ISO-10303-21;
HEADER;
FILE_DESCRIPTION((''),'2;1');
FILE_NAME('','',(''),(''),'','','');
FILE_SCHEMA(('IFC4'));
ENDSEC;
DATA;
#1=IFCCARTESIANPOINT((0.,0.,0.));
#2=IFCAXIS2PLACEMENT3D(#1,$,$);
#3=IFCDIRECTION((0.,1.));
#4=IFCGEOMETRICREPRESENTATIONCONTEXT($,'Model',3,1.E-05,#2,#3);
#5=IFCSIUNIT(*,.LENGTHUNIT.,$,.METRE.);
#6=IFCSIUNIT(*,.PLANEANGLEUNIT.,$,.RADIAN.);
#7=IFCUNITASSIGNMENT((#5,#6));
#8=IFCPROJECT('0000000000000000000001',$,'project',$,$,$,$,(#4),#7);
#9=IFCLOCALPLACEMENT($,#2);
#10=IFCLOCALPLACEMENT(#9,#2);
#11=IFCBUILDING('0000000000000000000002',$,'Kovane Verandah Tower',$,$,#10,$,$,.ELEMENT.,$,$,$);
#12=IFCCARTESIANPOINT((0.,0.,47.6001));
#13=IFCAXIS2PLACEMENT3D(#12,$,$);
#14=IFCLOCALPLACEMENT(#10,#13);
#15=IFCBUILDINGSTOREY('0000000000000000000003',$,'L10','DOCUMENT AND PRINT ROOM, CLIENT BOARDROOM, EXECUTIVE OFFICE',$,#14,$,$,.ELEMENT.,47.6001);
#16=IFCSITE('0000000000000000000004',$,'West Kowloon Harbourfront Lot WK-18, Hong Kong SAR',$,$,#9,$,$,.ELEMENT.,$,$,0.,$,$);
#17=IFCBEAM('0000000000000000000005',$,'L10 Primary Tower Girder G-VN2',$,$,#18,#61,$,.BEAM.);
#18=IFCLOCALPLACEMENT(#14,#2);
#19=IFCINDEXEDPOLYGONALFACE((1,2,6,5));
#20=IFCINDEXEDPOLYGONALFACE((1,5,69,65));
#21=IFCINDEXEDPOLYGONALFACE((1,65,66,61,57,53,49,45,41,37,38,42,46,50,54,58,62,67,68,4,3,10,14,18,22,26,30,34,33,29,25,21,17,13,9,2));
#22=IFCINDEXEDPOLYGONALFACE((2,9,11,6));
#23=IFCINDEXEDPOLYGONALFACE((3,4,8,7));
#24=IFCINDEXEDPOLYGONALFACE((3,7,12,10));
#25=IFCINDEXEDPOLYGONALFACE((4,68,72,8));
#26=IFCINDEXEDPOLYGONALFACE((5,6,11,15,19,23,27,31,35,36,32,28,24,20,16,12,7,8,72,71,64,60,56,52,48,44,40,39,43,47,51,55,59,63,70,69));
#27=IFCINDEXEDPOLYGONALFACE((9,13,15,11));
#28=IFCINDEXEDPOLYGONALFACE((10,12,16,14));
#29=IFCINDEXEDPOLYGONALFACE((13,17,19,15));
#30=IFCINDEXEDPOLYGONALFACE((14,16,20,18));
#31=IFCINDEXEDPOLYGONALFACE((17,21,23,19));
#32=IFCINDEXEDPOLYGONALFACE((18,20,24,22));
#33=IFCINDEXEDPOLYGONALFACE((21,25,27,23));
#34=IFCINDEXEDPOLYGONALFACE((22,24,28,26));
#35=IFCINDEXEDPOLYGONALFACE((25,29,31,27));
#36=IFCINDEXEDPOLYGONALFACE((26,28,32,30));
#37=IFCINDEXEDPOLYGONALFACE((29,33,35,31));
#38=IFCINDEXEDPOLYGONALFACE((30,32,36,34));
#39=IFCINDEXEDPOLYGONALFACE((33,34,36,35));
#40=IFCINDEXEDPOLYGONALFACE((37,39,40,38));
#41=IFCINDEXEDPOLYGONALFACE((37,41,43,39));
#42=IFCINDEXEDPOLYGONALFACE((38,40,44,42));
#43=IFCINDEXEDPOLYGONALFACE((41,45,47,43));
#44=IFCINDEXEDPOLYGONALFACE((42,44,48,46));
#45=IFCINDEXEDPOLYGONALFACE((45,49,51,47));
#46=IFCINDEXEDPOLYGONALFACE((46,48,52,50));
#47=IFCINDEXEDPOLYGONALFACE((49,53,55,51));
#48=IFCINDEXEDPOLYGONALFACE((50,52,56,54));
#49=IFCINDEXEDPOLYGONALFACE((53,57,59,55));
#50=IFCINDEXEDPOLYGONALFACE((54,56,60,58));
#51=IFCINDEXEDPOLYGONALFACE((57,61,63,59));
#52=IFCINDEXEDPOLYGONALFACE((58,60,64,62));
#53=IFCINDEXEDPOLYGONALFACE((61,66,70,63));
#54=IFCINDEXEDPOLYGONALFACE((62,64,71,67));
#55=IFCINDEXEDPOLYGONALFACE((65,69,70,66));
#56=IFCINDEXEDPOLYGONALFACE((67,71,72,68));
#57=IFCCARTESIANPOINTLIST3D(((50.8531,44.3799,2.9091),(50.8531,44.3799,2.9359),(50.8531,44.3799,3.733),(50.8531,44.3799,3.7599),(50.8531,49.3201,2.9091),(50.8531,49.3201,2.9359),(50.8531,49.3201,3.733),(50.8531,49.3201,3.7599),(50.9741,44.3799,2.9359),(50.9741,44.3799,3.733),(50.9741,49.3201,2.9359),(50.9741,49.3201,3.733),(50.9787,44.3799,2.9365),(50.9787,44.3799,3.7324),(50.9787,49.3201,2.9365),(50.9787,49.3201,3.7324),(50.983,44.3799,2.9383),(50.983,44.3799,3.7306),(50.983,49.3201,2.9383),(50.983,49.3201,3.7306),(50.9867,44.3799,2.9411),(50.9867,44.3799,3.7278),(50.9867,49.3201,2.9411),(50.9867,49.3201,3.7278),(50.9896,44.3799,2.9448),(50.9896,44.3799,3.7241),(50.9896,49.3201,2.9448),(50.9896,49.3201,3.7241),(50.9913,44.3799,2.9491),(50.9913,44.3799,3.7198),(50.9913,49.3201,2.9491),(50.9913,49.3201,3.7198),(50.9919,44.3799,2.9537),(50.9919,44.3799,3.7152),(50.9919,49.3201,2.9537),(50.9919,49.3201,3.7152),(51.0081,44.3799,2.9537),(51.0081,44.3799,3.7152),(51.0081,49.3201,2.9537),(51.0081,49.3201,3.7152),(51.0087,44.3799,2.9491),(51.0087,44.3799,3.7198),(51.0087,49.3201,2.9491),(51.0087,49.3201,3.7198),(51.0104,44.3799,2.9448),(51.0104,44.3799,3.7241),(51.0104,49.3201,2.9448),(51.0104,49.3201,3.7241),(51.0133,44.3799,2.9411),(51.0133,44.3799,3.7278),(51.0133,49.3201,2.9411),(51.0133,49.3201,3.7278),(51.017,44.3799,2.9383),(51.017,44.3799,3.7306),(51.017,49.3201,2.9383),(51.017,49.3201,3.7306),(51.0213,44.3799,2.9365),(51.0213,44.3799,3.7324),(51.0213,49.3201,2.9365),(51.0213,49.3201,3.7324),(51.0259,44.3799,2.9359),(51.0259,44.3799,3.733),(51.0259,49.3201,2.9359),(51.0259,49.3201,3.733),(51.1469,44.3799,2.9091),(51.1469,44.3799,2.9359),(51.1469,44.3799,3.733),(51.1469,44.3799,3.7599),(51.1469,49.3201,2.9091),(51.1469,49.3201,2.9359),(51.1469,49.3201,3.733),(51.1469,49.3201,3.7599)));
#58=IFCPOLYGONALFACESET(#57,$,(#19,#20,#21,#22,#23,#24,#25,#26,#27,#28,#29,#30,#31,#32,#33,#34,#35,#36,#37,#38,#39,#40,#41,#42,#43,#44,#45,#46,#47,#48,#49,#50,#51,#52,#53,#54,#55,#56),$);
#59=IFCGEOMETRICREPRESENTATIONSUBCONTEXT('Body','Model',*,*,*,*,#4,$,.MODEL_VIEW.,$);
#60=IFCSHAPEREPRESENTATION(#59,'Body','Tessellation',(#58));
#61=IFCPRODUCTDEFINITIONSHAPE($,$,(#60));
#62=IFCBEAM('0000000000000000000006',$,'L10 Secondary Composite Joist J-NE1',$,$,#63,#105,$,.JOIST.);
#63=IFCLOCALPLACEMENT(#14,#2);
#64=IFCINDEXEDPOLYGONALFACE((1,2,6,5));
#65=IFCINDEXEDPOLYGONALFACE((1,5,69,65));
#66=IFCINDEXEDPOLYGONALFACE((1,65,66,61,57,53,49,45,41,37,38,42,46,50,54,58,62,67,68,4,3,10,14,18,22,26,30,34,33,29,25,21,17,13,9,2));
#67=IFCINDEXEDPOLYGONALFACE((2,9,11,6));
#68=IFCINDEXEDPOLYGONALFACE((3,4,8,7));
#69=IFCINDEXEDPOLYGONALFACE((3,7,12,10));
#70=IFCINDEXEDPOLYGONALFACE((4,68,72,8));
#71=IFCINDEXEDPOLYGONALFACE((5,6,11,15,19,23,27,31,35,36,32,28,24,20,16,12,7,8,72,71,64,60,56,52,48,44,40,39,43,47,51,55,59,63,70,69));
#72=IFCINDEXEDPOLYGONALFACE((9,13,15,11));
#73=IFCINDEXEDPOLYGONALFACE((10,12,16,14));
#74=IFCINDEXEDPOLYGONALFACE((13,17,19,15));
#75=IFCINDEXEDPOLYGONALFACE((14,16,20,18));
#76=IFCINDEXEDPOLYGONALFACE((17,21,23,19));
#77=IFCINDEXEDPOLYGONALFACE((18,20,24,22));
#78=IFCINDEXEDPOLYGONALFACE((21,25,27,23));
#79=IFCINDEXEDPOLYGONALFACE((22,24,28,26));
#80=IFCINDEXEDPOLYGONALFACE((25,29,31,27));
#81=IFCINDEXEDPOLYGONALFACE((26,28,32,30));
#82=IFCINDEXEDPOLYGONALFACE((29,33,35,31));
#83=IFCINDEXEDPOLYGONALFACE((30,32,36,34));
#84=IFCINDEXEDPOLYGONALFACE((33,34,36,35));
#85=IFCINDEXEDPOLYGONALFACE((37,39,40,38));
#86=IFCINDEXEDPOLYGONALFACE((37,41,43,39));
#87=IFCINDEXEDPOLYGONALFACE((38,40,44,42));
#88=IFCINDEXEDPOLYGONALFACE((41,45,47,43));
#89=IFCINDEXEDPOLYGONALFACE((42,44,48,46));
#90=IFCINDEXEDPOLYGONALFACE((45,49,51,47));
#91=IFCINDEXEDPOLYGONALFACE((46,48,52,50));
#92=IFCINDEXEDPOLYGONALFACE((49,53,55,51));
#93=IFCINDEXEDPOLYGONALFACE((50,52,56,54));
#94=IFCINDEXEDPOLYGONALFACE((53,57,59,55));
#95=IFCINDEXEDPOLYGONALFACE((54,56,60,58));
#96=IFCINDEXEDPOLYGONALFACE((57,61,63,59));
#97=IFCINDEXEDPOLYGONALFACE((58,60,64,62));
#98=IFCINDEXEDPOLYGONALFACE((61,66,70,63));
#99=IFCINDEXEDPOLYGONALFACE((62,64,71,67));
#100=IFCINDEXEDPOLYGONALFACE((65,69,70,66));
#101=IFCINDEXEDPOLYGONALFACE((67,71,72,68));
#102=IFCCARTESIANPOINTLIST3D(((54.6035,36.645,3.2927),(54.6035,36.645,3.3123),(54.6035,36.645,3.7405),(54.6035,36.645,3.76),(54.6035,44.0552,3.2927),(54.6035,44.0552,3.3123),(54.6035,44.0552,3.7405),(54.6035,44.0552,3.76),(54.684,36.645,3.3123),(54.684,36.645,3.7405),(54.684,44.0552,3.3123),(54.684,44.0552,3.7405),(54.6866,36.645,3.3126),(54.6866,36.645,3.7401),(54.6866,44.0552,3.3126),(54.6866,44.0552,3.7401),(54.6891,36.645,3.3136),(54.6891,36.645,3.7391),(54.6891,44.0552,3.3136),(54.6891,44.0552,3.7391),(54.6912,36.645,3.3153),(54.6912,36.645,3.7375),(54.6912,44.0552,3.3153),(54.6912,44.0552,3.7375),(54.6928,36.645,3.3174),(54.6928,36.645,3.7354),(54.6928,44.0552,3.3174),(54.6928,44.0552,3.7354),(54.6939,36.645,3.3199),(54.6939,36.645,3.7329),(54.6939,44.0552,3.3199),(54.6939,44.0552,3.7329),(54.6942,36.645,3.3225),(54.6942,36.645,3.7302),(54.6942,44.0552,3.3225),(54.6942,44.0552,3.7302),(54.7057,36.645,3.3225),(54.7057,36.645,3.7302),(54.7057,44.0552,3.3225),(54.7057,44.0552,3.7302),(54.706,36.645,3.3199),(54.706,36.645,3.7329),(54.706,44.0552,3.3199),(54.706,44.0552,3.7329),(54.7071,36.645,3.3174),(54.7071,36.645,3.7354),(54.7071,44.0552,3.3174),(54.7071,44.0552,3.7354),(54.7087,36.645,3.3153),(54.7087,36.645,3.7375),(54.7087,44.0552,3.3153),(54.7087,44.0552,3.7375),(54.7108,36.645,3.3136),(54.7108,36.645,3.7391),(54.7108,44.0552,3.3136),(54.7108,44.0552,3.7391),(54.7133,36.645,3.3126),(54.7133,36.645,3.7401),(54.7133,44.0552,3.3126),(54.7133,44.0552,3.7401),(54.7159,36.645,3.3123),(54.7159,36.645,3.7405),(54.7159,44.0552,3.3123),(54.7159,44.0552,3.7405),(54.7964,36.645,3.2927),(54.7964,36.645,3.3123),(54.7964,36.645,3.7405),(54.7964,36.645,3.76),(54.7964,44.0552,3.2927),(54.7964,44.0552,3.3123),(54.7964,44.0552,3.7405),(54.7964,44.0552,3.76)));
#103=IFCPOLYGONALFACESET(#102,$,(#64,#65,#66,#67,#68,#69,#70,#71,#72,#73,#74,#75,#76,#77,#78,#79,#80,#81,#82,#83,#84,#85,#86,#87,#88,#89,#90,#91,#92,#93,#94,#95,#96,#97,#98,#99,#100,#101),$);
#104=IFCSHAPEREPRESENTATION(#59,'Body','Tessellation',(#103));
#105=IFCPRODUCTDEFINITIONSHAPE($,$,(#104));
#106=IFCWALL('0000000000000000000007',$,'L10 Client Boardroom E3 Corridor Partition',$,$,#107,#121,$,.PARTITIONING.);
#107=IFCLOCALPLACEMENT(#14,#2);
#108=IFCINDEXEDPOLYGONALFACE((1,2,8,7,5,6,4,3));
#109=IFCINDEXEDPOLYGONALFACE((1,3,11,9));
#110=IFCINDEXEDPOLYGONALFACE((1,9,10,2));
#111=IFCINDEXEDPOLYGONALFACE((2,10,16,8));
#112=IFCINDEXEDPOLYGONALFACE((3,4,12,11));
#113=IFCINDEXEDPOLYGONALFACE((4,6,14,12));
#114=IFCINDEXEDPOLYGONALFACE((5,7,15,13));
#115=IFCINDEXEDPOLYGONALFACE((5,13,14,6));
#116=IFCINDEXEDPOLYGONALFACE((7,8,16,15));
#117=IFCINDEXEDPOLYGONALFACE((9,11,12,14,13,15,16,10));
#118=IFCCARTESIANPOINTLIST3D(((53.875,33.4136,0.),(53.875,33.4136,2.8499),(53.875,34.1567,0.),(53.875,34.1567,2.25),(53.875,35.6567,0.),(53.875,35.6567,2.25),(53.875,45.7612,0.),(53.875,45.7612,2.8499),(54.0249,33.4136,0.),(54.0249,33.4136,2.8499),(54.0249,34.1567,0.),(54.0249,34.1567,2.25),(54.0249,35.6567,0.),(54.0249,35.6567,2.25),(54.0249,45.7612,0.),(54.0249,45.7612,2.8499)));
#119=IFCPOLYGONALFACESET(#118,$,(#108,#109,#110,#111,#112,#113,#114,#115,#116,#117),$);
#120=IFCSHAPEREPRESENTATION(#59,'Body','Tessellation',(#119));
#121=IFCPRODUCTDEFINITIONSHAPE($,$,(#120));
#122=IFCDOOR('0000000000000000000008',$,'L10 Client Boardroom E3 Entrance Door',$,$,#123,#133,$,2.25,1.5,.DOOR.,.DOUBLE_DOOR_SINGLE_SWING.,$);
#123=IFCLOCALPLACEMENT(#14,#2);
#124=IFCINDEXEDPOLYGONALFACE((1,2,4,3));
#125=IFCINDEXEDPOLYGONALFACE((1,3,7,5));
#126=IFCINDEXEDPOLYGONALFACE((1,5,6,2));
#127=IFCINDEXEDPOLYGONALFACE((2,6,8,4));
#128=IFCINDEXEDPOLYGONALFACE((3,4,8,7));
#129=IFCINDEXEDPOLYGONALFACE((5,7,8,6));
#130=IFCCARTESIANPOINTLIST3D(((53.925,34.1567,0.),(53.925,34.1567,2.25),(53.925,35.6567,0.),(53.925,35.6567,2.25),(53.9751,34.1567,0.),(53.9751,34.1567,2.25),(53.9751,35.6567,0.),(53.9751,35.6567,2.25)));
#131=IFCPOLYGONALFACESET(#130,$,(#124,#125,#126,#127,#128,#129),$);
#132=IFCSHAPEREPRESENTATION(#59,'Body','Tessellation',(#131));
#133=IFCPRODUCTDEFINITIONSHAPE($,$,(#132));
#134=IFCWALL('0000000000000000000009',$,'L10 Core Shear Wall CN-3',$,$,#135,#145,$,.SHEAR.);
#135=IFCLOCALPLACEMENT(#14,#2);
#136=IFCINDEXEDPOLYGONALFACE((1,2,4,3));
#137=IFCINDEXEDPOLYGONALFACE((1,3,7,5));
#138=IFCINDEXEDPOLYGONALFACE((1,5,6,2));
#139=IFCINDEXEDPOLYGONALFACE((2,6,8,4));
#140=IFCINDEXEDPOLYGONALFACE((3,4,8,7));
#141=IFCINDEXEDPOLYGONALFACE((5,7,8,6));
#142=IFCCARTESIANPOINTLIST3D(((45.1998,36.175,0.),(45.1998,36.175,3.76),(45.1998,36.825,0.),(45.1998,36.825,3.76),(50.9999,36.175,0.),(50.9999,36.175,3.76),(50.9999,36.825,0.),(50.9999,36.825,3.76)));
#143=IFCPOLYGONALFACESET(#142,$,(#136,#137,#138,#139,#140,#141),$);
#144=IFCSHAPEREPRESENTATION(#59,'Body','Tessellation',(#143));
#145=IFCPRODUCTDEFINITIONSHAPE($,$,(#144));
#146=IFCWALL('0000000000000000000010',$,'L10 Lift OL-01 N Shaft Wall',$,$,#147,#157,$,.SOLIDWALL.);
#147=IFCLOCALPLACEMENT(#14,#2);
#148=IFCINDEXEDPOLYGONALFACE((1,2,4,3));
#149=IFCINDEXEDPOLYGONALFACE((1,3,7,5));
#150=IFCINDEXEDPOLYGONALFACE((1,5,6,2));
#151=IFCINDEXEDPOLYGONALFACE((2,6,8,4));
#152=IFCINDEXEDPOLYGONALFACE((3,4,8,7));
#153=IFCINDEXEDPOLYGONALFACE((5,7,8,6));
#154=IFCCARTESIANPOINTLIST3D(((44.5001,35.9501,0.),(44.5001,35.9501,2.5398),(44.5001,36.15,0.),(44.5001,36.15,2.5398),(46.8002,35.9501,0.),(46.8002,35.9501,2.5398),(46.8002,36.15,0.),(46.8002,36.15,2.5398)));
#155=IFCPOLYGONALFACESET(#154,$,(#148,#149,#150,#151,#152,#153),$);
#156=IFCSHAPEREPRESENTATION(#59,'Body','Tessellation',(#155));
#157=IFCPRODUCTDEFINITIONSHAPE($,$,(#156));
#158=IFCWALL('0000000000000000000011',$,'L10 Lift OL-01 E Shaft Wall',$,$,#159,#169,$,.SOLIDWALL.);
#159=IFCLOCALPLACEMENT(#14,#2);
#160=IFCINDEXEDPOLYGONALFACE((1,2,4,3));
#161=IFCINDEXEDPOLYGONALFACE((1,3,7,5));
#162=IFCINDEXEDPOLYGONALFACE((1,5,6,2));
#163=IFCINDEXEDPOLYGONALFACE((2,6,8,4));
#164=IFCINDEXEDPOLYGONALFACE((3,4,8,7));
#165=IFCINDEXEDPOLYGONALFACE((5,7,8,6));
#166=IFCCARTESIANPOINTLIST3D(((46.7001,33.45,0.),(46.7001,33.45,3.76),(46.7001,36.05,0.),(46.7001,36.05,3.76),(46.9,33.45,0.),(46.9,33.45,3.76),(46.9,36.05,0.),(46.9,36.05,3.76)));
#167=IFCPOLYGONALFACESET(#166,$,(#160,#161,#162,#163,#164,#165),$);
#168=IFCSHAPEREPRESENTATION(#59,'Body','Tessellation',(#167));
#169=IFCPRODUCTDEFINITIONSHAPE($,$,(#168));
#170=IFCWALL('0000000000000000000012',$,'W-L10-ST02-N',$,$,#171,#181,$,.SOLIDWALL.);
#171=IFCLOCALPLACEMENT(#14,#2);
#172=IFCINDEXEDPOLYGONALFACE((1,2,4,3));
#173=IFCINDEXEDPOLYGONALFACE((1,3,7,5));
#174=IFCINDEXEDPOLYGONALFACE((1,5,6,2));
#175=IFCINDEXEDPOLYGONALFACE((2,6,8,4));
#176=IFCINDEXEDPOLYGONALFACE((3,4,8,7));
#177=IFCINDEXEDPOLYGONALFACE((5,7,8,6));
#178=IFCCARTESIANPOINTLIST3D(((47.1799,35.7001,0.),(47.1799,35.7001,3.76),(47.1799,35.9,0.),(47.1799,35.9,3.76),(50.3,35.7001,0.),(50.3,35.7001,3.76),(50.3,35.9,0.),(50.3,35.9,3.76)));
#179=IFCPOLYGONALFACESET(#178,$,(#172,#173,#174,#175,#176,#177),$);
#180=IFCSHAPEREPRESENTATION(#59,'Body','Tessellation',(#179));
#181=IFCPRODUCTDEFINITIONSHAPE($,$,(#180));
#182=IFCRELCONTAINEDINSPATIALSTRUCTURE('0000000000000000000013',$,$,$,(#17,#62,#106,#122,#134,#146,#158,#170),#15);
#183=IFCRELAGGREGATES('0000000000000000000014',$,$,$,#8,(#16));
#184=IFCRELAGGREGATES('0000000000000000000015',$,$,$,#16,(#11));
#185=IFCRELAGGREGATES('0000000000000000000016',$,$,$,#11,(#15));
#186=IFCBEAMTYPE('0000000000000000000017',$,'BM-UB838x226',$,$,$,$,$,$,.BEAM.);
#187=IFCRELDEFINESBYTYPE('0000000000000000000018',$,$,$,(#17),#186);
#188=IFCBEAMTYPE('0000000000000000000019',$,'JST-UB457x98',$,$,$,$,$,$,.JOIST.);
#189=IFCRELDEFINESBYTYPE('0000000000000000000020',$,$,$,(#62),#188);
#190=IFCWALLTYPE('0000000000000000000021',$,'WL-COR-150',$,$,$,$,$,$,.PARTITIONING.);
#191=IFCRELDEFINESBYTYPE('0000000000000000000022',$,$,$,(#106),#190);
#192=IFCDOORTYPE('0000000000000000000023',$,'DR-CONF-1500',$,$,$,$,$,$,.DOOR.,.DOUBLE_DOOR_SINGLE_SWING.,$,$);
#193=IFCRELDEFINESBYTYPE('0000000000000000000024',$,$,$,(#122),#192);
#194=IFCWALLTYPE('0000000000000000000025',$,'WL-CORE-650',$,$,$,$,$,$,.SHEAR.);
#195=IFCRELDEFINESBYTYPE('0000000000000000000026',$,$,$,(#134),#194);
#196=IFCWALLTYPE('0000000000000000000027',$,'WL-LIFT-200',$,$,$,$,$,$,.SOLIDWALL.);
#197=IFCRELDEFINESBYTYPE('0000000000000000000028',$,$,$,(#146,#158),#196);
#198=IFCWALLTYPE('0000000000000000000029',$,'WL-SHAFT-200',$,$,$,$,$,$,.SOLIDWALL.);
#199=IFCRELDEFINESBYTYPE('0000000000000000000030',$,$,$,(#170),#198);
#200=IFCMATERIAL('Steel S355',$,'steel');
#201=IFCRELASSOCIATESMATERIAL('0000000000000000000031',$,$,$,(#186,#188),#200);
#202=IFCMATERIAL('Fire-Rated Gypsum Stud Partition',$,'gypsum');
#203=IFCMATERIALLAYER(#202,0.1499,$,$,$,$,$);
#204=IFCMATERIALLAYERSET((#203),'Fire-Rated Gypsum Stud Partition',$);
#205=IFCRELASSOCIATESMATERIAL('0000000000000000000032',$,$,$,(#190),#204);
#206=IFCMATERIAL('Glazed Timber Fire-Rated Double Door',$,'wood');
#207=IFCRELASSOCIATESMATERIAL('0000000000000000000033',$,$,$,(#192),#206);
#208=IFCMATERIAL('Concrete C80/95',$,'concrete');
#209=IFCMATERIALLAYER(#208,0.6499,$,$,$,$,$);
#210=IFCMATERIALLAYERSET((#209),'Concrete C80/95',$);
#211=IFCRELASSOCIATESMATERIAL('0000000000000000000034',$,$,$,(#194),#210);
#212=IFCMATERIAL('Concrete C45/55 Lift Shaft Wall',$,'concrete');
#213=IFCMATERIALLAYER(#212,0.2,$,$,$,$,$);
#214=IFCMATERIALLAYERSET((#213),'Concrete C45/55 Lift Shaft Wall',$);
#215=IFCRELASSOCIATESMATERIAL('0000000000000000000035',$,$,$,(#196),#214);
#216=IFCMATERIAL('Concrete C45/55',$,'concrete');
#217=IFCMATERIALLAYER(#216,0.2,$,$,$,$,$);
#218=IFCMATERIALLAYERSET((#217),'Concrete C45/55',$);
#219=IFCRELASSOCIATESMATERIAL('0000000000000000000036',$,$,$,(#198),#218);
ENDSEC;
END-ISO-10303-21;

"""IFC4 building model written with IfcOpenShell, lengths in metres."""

from ifc_helpers import new_model, si_unit, direction, frame, frame_2d, origin, origin_2d, place, context, subcontext, project, spatial, rectangle, i_section, extrude, material, layer, layer_set, material_profile, profile_set, type_object, element, fill, save


model = new_model("IFC4")

# Units and contexts
model_context = context("Model", 3, precision=1e-05, world=origin(), true_north=direction((0.0, 1.0)))
body_context = subcontext(model_context, "Body", "Model", "MODEL_VIEW")
ifc_project = project(units=[si_unit("LENGTHUNIT", "METRE"), si_unit("PLANEANGLEUNIT", "RADIAN")], contexts=[model_context])

# Site, building, storey
site_placement = place(None, origin())
site = spatial("IfcSite", under=ifc_project, at=site_placement, Name="West Kowloon Harbourfront Lot WK-18, Hong Kong SAR", CompositionType="ELEMENT", RefElevation=0.0)
building_placement = place(site_placement, origin())
building = spatial("IfcBuilding", under=site, at=building_placement, Name="Kovane Verandah Tower", CompositionType="ELEMENT")
storey_placement = place(building_placement, frame((0.0, 0.0, 47.6001)))
storey = spatial("IfcBuildingStorey", under=building, at=storey_placement, Name="L10", Description="DOCUMENT AND PRINT ROOM, CLIENT BOARDROOM, EXECUTIVE OFFICE", CompositionType="ELEMENT", Elevation=47.6001)

# Shared definitions
ifc_material_1 = material(Name="Concrete C80/95", Category="concrete")

# Beams
ifc_material_2 = material(Name="Steel S355", Category="steel")
ifc_material_profile_1 = material_profile(ifc_material_2, i_section(OverallWidth=0.2937, OverallDepth=0.8508, WebThickness=0.0161, FlangeThickness=0.0269, FilletRadius=0.0178, at=origin_2d()), Name="UB838x292x226")
ifc_profile_set_1 = profile_set([ifc_material_profile_1], Name="Steel S355")
beam_type_1 = type_object("IfcBeamType", Name="BM-UB838x226", PredefinedType="BEAM", material=ifc_profile_set_1)
beam_1_placement = place(storey_placement, frame((51.0, 44.3799, 3.3345), z_axis=(0.0, 1.0, 0.0), x_axis=(-1.0, 0.0, 0.0)))
element("IfcBeam", 1, at=beam_1_placement, inside=storey, type_object=beam_type_1, Name="L10 Primary Tower Girder G-VN2", PredefinedType="BEAM", context=body_context, shape_type="SweptSolid", body=[
    extrude(i_section(OverallWidth=0.2937, OverallDepth=0.8508, WebThickness=0.0161, FlangeThickness=0.0269, FilletRadius=0.0178, at=origin_2d()), origin(), (0.0, 0.0, 1.0), 4.9402),
])
ifc_material_profile_2 = material_profile(ifc_material_2, i_section(OverallWidth=0.1929, OverallDepth=0.4673, WebThickness=0.0115, FlangeThickness=0.0195, FilletRadius=0.0103, at=origin_2d()), Name="UB457x191x98")
ifc_profile_set_2 = profile_set([ifc_material_profile_2], Name="Steel S355")
beam_type_2 = type_object("IfcBeamType", Name="JST-UB457x98", PredefinedType="JOIST", material=ifc_profile_set_2)
beam_2_placement = place(storey_placement, frame((54.7, 36.645, 3.5264), z_axis=(0.0, 1.0, 0.0), x_axis=(-1.0, 0.0, 0.0)))
element("IfcBeam", 2, at=beam_2_placement, inside=storey, type_object=beam_type_2, Name="L10 Secondary Composite Joist J-NE1", PredefinedType="JOIST", context=body_context, shape_type="SweptSolid", body=[
    extrude(i_section(OverallWidth=0.1929, OverallDepth=0.4673, WebThickness=0.0115, FlangeThickness=0.0195, FilletRadius=0.0103, at=origin_2d()), origin(), (0.0, 0.0, 1.0), 7.4102),
])

# Wall, opening, door
ifc_material_3 = material(Name="Fire-Rated Gypsum Stud Partition", Category="gypsum")
ifc_layer_1 = layer(ifc_material_3, 0.1499)
ifc_layer_set_1 = layer_set([ifc_layer_1], Name="Fire-Rated Gypsum Stud Partition")
wall_type_1 = type_object("IfcWallType", Name="WL-COR-150", PredefinedType="PARTITIONING", material=ifc_layer_set_1)
wall_1_placement = place(storey_placement, frame((53.95, 33.4136, 0.0), z_axis=(0.0, 0.0, 1.0), x_axis=(0.0, 1.0, 0.0)))
wall_1 = element("IfcWall", 3, at=wall_1_placement, inside=storey, type_object=wall_type_1, Name="L10 Client Boardroom E3 Corridor Partition", PredefinedType="PARTITIONING", context=body_context, shape_type="SweptSolid", body=[
    extrude(rectangle(XDim=12.3477, YDim=0.1499, at=frame_2d((6.1738, 0.0))), origin(), (0.0, 0.0, 1.0), 2.8499),
])
opening_1_placement = place(wall_1_placement, frame((0.7432, 0.0, 0.0)))
opening_1 = element("IfcOpeningElement", 4, at=opening_1_placement, cuts=wall_1, PredefinedType="OPENING", context=body_context, shape_type="SweptSolid", body=[
    extrude(rectangle(XDim=1.5, YDim=2.25, at=frame_2d((0.75, 1.125))), frame((0.0, 0.075, 0.0), z_axis=(0.0, -1.0, 0.0), x_axis=(1.0, 0.0, 0.0)), (0.0, 0.0, 1.0), 0.1499),
])
ifc_material_4 = material(Name="Glazed Timber Fire-Rated Double Door", Category="wood")
door_type_1 = type_object("IfcDoorType", Name="DR-CONF-1500", OperationType="DOUBLE_DOOR_SINGLE_SWING", PredefinedType="DOOR", material=ifc_material_4)
door_1_placement = place(opening_1_placement, origin())
door_1 = element("IfcDoor", 5, at=door_1_placement, inside=storey, type_object=door_type_1, Name="L10 Client Boardroom E3 Entrance Door", OperationType="DOUBLE_DOOR_SINGLE_SWING", OverallHeight=2.25, OverallWidth=1.5, PredefinedType="DOOR", context=body_context, shape_type="SweptSolid", body=[
    extrude(rectangle(XDim=1.5, YDim=2.25, at=frame_2d((0.75, 1.125))), frame((0.0, 0.0249, 0.0), z_axis=(0.0, -1.0, 0.0), x_axis=(1.0, 0.0, 0.0)), (0.0, 0.0, 1.0), 0.05),
])
fill(opening_1, door_1)

# Walls
ifc_layer_2 = layer(ifc_material_1, 0.6499)
ifc_layer_set_2 = layer_set([ifc_layer_2], Name="Concrete C80/95")
wall_type_2 = type_object("IfcWallType", Name="WL-CORE-650", PredefinedType="SHEAR", material=ifc_layer_set_2)
wall_2_placement = place(storey_placement, frame((45.2, 36.5, 0.0), z_axis=(0.0, 0.0, 1.0), x_axis=(1.0, 0.0, 0.0)))
element("IfcWall", 6, at=wall_2_placement, inside=storey, type_object=wall_type_2, Name="L10 Core Shear Wall CN-3", PredefinedType="SHEAR", context=body_context, shape_type="SweptSolid", body=[
    extrude(rectangle(XDim=5.8, YDim=0.6499, at=frame_2d((2.8999, 0.0))), origin(), (0.0, 0.0, 1.0), 3.76),
])
ifc_material_5 = material(Name="Concrete C45/55 Lift Shaft Wall", Category="concrete")
ifc_layer_3 = layer(ifc_material_5, 0.2)
ifc_layer_set_3 = layer_set([ifc_layer_3], Name="Concrete C45/55 Lift Shaft Wall")
wall_type_3 = type_object("IfcWallType", Name="WL-LIFT-200", PredefinedType="SOLIDWALL", material=ifc_layer_set_3)
wall_3_placement = place(storey_placement, frame((46.8, 36.05, 0.0), z_axis=(0.0, 0.0, 1.0), x_axis=(-1.0, 0.0, 0.0)))
element("IfcWall", 7, at=wall_3_placement, inside=storey, type_object=wall_type_3, Name="L10 Lift OL-01 N Shaft Wall", PredefinedType="SOLIDWALL", context=body_context, shape_type="SweptSolid", body=[
    extrude(rectangle(XDim=2.3, YDim=0.2, at=frame_2d((1.1499, 0.0))), origin(), (0.0, 0.0, 1.0), 2.5398),
])
wall_4_placement = place(storey_placement, frame((46.8, 33.45, 0.0), z_axis=(0.0, 0.0, 1.0), x_axis=(0.0, 1.0, 0.0)))
element("IfcWall", 8, at=wall_4_placement, inside=storey, type_object=wall_type_3, Name="L10 Lift OL-01 E Shaft Wall", PredefinedType="SOLIDWALL", context=body_context, shape_type="SweptSolid", body=[
    extrude(rectangle(XDim=2.6001, YDim=0.2, at=frame_2d((1.3, 0.0))), origin(), (0.0, 0.0, 1.0), 3.76),
])
ifc_material_6 = material(Name="Concrete C45/55", Category="concrete")
ifc_layer_4 = layer(ifc_material_6, 0.2)
ifc_layer_set_4 = layer_set([ifc_layer_4], Name="Concrete C45/55")
wall_type_4 = type_object("IfcWallType", Name="WL-SHAFT-200", PredefinedType="SOLIDWALL", material=ifc_layer_set_4)
wall_5_placement = place(storey_placement, frame((47.1799, 35.8, 0.0), z_axis=(0.0, 0.0, 1.0), x_axis=(1.0, 0.0, 0.0)))
element("IfcWall", 9, at=wall_5_placement, inside=storey, type_object=wall_type_4, Name="W-L10-ST02-N", PredefinedType="SOLIDWALL", context=body_context, shape_type="SweptSolid", body=[
    extrude(rectangle(XDim=3.1201, YDim=0.2, at=frame_2d((1.5601, 0.0))), origin(), (0.0, 0.0, 1.0), 3.76),
])

save(model, "model.ifc")
